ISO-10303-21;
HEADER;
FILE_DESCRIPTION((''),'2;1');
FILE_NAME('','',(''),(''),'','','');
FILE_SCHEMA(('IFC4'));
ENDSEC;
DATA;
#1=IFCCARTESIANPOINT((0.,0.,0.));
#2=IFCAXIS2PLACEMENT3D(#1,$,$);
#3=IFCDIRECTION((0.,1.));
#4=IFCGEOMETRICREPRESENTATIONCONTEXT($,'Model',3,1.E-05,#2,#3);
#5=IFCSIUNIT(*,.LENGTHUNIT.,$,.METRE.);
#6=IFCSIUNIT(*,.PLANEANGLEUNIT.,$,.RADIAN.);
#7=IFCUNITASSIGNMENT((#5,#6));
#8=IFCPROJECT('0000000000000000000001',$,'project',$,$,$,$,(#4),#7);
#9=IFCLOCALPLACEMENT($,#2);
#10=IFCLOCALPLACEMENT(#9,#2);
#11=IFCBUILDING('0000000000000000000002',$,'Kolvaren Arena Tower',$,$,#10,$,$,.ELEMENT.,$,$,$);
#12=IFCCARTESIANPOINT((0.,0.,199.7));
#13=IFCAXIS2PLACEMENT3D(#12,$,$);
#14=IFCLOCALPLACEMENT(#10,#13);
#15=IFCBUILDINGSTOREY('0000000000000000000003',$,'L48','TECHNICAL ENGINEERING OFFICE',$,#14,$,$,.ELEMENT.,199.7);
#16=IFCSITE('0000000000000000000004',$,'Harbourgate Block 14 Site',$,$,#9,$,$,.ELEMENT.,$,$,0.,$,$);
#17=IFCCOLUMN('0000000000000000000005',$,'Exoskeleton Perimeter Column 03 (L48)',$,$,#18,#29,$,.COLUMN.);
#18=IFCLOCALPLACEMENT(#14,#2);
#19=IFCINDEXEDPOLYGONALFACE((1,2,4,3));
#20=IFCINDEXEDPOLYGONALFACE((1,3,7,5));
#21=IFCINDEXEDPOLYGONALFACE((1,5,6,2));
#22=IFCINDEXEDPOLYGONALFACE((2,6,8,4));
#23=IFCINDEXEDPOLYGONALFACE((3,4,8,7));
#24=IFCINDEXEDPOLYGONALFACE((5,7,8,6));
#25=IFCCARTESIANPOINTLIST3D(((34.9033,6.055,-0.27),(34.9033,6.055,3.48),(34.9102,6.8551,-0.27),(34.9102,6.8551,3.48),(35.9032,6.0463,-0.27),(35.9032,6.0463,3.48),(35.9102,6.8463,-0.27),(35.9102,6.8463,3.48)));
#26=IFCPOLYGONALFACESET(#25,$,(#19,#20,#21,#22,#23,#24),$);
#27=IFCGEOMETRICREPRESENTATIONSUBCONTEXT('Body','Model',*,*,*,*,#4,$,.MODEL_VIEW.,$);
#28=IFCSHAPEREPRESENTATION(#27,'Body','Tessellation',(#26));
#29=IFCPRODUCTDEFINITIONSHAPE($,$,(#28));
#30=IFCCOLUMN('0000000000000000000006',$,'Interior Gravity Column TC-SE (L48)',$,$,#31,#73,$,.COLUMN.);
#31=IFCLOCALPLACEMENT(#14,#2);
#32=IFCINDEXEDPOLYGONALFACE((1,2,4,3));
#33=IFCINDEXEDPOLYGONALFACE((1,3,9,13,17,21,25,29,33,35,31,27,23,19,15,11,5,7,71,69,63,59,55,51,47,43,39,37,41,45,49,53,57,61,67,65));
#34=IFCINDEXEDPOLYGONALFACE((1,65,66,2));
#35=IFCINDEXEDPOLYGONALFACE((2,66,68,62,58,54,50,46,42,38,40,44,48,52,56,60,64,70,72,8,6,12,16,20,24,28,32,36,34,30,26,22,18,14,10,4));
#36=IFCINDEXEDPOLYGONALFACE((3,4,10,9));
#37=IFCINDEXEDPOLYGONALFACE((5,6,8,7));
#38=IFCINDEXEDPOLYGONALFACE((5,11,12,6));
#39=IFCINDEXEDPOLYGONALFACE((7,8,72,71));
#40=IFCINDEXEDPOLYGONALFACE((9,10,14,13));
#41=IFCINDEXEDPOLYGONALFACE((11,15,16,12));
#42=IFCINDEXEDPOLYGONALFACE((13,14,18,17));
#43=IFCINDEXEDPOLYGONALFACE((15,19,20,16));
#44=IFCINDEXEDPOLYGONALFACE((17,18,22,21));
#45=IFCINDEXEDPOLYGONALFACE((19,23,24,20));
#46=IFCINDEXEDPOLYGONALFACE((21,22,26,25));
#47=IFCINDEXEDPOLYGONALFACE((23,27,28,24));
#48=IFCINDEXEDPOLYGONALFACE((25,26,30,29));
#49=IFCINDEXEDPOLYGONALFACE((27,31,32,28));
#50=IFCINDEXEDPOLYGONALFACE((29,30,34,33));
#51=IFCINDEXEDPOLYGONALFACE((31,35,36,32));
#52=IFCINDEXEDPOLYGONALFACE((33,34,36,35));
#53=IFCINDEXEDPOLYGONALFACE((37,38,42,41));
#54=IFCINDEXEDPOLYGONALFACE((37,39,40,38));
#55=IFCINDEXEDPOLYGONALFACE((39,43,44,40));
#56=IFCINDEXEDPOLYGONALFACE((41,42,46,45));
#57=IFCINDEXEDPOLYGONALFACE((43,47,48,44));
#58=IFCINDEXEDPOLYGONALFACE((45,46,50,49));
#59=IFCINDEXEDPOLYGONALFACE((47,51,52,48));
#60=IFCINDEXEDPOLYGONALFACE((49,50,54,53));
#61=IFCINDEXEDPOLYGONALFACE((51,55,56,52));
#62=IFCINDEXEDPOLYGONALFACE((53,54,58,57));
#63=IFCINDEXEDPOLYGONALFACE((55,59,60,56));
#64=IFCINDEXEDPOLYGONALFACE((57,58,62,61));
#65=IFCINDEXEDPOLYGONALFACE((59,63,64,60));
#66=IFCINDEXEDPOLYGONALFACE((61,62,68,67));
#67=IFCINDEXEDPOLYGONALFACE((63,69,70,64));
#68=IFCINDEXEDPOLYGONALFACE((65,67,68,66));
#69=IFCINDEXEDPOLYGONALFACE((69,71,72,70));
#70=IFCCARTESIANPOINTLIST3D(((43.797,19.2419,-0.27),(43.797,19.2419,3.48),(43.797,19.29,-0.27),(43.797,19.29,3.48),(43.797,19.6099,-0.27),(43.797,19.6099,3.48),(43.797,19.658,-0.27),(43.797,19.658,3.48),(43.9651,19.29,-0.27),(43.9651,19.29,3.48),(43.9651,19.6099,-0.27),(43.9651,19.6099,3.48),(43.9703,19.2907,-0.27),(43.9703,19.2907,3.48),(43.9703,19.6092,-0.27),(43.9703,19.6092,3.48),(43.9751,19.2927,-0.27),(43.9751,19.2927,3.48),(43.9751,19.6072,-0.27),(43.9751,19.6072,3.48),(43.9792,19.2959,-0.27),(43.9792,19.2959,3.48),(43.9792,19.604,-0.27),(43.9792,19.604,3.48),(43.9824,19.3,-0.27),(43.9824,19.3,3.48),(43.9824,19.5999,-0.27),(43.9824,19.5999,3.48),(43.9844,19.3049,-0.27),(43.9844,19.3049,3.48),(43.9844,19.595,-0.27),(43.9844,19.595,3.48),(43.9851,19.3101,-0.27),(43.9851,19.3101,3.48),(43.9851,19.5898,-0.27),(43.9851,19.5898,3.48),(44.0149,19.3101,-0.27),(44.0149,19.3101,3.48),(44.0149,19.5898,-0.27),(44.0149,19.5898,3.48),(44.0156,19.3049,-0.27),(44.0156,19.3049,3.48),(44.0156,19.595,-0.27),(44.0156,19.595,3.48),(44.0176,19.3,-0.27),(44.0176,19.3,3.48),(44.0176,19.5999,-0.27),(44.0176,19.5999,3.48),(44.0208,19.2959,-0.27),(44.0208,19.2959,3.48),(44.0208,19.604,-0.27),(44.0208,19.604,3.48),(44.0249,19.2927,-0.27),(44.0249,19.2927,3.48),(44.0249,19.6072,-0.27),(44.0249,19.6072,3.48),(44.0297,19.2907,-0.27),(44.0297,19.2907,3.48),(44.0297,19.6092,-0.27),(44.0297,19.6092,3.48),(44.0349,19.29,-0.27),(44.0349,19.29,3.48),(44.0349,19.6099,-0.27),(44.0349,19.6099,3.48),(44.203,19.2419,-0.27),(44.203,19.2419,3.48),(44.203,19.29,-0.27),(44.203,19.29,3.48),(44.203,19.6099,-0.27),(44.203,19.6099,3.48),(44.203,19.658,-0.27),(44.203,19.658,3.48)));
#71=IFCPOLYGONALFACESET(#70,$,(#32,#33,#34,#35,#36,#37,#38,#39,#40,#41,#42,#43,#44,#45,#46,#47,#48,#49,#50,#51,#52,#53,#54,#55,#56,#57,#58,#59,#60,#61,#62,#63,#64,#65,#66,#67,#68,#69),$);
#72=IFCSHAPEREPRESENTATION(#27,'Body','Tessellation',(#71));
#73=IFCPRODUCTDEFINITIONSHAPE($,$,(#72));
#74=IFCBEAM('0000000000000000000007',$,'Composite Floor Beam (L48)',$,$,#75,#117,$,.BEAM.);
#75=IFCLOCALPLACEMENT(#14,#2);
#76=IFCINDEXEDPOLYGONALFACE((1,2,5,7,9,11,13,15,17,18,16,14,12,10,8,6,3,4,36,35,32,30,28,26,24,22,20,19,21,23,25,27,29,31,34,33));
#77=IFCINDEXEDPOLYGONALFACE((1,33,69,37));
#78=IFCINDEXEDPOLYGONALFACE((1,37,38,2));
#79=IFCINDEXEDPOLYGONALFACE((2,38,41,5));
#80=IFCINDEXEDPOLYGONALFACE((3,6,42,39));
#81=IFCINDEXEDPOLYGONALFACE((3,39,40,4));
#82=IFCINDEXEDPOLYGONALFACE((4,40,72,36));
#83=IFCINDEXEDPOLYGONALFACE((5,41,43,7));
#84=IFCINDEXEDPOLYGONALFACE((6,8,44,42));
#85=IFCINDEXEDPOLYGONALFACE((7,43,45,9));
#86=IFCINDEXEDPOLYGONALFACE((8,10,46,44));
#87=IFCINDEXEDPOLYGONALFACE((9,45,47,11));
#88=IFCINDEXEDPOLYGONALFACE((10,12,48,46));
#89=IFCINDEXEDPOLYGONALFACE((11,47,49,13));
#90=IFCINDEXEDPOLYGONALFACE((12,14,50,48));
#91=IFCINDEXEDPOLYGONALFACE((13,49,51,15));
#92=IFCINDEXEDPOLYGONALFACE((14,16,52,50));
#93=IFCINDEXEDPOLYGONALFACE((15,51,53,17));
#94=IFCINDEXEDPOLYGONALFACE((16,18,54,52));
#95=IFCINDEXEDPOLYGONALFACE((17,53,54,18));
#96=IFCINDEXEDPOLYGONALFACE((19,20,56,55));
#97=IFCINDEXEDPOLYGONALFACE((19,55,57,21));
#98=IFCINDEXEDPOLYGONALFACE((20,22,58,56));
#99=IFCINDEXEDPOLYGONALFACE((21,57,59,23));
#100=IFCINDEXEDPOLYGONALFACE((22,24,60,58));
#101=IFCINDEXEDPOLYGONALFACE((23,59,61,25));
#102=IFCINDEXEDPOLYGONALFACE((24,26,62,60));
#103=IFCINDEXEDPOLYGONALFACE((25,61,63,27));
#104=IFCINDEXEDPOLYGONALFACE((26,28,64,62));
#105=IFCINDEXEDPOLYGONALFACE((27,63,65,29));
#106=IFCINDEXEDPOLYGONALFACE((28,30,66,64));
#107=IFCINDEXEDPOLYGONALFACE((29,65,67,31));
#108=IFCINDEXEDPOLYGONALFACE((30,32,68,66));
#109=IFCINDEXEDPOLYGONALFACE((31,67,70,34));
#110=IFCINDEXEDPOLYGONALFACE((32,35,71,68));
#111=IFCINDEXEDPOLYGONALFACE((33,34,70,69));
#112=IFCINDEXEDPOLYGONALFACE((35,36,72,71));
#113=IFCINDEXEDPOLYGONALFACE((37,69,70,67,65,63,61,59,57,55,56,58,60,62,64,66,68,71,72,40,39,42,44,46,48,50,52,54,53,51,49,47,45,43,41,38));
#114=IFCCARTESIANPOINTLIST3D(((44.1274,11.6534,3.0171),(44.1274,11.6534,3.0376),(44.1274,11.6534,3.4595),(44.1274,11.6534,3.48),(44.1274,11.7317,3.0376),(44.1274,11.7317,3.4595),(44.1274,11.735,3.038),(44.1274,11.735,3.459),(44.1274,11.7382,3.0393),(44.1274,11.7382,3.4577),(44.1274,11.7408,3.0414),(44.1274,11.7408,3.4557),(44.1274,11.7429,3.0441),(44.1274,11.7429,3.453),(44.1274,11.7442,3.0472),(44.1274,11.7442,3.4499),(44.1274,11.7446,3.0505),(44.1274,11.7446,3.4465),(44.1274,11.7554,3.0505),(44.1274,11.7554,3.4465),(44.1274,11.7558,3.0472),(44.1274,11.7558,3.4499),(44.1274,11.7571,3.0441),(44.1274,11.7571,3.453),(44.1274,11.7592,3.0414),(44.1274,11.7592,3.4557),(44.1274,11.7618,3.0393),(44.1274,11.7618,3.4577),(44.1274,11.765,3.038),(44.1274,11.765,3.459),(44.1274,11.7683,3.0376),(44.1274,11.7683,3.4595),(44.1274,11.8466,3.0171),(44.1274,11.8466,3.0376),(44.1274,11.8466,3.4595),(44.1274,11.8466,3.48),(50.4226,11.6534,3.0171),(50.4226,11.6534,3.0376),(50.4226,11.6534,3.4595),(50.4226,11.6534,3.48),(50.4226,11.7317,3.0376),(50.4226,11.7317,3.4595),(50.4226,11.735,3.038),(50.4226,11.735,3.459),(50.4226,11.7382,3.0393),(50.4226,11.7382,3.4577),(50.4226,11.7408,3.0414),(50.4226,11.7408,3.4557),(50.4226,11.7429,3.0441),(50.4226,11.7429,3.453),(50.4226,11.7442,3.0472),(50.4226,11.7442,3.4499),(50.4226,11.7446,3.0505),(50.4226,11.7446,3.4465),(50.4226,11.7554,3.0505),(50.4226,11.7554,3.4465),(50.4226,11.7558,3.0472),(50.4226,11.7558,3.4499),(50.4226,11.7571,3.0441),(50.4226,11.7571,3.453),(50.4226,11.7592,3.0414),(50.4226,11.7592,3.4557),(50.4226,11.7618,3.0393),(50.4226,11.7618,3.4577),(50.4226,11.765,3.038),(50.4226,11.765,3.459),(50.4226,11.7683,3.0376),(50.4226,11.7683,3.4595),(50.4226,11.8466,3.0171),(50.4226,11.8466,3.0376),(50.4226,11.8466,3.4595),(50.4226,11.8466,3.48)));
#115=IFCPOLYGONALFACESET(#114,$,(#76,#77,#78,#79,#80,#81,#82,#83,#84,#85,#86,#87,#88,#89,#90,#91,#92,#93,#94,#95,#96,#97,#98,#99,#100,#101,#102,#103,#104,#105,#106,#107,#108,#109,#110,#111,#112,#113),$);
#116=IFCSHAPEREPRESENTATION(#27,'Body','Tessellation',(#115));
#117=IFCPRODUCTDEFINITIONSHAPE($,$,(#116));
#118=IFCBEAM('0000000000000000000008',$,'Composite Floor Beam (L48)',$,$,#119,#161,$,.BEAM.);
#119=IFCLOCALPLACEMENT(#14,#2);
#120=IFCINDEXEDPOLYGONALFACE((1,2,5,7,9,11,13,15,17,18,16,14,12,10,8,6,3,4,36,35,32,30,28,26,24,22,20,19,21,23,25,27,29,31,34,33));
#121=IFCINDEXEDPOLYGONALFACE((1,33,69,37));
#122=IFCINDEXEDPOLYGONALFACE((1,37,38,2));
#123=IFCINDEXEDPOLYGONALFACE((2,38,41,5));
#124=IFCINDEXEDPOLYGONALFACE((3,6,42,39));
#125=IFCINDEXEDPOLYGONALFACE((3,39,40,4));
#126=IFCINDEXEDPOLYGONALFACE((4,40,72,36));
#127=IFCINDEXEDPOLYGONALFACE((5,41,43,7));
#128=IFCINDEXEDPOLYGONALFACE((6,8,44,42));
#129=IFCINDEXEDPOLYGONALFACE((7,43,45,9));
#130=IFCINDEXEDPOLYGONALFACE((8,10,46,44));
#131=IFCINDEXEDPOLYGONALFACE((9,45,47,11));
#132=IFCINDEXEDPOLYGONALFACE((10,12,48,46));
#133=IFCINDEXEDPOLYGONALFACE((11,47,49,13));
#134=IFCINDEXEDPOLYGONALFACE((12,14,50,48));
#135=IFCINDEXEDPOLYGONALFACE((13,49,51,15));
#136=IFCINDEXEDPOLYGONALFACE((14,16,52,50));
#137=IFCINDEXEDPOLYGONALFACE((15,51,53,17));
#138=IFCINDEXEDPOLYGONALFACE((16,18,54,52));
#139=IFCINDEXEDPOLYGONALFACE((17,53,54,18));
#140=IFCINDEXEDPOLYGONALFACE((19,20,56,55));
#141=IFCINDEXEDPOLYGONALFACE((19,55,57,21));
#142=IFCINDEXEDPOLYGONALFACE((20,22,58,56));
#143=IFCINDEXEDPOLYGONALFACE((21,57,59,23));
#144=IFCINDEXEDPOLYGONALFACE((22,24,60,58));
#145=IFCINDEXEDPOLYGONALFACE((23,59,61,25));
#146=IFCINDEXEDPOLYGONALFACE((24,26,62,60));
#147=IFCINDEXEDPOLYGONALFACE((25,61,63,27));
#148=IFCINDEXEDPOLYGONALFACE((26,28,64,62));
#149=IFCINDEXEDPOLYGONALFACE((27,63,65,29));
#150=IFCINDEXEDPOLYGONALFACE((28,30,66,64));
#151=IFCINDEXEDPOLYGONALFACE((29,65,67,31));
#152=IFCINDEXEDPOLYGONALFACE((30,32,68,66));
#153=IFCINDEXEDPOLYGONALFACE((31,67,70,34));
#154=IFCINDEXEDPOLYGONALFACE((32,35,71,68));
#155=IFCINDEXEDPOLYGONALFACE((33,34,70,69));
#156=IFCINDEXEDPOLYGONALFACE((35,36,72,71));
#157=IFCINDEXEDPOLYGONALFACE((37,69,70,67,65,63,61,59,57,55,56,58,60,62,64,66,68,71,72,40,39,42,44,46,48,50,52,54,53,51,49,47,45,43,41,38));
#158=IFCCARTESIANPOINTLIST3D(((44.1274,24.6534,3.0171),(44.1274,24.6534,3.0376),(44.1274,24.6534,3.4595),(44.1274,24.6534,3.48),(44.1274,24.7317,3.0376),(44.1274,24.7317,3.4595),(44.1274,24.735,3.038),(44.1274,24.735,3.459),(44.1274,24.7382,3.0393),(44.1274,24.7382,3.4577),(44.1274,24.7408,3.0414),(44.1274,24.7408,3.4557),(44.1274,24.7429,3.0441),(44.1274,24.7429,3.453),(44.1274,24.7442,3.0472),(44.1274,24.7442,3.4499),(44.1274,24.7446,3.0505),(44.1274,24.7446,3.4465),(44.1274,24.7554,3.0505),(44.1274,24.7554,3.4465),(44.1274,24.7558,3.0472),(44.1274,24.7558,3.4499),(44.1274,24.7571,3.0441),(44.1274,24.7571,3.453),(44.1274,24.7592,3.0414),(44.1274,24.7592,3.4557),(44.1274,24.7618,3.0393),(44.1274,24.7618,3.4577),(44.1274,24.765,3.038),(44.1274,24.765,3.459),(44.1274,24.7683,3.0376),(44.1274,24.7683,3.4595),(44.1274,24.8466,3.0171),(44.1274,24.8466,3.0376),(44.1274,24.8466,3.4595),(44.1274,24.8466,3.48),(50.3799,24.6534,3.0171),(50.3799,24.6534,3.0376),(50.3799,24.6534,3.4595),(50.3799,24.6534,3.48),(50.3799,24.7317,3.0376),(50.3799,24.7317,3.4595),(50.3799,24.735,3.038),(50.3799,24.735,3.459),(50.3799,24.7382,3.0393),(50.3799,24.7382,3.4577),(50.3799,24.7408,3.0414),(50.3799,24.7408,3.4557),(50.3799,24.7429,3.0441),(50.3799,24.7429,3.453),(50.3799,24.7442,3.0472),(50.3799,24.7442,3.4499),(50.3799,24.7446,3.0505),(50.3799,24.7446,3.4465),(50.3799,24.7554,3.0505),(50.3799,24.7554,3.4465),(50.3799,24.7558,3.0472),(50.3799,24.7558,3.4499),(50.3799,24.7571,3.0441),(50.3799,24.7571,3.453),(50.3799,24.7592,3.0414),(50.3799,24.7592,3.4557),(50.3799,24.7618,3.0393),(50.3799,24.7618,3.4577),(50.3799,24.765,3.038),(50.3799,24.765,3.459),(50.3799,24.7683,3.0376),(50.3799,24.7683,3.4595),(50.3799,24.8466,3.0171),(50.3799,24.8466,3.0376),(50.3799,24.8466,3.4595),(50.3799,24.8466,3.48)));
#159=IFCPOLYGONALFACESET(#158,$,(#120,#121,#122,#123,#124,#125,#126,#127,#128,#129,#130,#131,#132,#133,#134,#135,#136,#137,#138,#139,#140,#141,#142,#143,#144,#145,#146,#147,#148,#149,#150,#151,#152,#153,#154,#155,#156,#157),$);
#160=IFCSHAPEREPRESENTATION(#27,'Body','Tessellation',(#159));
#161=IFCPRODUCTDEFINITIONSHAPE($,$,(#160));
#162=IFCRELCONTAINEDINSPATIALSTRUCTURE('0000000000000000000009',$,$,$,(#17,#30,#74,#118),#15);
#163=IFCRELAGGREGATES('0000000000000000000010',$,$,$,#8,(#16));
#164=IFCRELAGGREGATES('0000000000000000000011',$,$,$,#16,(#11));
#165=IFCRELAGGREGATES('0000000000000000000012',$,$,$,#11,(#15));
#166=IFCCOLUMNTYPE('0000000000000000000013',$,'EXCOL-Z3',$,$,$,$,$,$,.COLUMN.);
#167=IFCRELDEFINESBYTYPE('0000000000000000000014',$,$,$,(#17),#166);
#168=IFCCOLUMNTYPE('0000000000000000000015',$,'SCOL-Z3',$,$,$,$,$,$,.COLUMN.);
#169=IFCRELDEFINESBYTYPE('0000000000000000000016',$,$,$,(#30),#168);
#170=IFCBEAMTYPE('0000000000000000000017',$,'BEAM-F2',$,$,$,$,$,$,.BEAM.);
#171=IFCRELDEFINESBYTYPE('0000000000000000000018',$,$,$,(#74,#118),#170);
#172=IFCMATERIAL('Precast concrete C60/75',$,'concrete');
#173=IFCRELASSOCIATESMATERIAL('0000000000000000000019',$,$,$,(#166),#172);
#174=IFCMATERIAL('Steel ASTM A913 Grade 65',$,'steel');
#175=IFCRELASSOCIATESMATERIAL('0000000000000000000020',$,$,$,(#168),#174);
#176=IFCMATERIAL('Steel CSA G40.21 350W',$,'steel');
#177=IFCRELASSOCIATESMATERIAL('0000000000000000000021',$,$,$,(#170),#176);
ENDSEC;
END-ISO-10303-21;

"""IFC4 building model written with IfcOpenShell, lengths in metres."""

from ifc_helpers import new_model, si_unit, direction, frame, origin, origin_2d, place, context, subcontext, project, spatial, rectangle, i_section, extrude, material, material_profile, profile_set, type_object, element, save


model = new_model("IFC4")

# Units and contexts
model_context = context("Model", 3, precision=1e-05, world=origin(), true_north=direction((0.0, 1.0)))
body_context = subcontext(model_context, "Body", "Model", "MODEL_VIEW")
ifc_project = project(units=[si_unit("LENGTHUNIT", "METRE"), si_unit("PLANEANGLEUNIT", "RADIAN")], contexts=[model_context])

# Site, building, storey
site_placement = place(None, origin())
site = spatial("IfcSite", under=ifc_project, at=site_placement, Name="Harbourgate Block 14 Site", CompositionType="ELEMENT", RefElevation=0.0)
building_placement = place(site_placement, origin())
building = spatial("IfcBuilding", under=site, at=building_placement, Name="Kolvaren Arena Tower", CompositionType="ELEMENT")
storey_placement = place(building_placement, frame((0.0, 0.0, 199.7)))
storey = spatial("IfcBuildingStorey", under=building, at=storey_placement, Name="L48", Description="TECHNICAL ENGINEERING OFFICE", CompositionType="ELEMENT", Elevation=199.7)

# Columns
ifc_material_1 = material(Name="Precast concrete C60/75", Category="concrete")
ifc_material_profile_1 = material_profile(ifc_material_1, rectangle(XDim=1.0, YDim=0.8, at=origin_2d()), Name="RC-1000x800")
ifc_profile_set_1 = profile_set([ifc_material_profile_1], Name="Precast concrete C60/75")
column_type_1 = type_object("IfcColumnType", Name="EXCOL-Z3", PredefinedType="COLUMN", material=ifc_profile_set_1)
column_1_placement = place(storey_placement, frame((35.4067, 6.4507, -0.27), z_axis=(0.0, 0.0, 1.0), x_axis=(0.999962, -0.008727, 0.0)))
element("IfcColumn", 1, at=column_1_placement, inside=storey, type_object=column_type_1, Name="Exoskeleton Perimeter Column 03 (L48)", PredefinedType="COLUMN", context=body_context, shape_type="SweptSolid", body=[
    extrude(rectangle(XDim=1.0, YDim=0.8, at=origin_2d()), origin(), (0.0, 0.0, 1.0), 3.75),
])
ifc_material_2 = material(Name="Steel ASTM A913 Grade 65", Category="steel")
ifc_material_profile_2 = material_profile(ifc_material_2, i_section(OverallWidth=0.406, OverallDepth=0.416, WebThickness=0.0298, FlangeThickness=0.0481, FilletRadius=0.02, at=origin_2d()), Name="W360x382")
ifc_profile_set_2 = profile_set([ifc_material_profile_2], Name="Steel ASTM A913 Grade 65")
column_type_2 = type_object("IfcColumnType", Name="SCOL-Z3", PredefinedType="COLUMN", material=ifc_profile_set_2)
column_2_placement = place(storey_placement, frame((44.0, 19.45, -0.27), z_axis=(0.0, 0.0, 1.0), x_axis=(1.0, 0.0, 0.0)))
element("IfcColumn", 2, at=column_2_placement, inside=storey, type_object=column_type_2, Name="Interior Gravity Column TC-SE (L48)", PredefinedType="COLUMN", context=body_context, shape_type="SweptSolid", body=[
    extrude(i_section(OverallWidth=0.406, OverallDepth=0.416, WebThickness=0.0298, FlangeThickness=0.0481, FilletRadius=0.02, at=origin_2d()), origin(), (0.0, 0.0, 1.0), 3.75),
])

# Beams
ifc_material_3 = material(Name="Steel CSA G40.21 350W", Category="steel")
ifc_material_profile_3 = material_profile(ifc_material_3, i_section(OverallWidth=0.1931, OverallDepth=0.4629, WebThickness=0.0107, FlangeThickness=0.0205, FilletRadius=0.0129, at=origin_2d()), Name="W460x113")
ifc_profile_set_3 = profile_set([ifc_material_profile_3], Name="Steel CSA G40.21 350W")
beam_type_1 = type_object("IfcBeamType", Name="BEAM-F2", PredefinedType="BEAM", material=ifc_profile_set_3)
beam_1_placement = place(storey_placement, frame((44.1274, 11.75, 3.2485), z_axis=(1.0, 0.0, 0.0), x_axis=(0.0, 1.0, 0.0)))
element("IfcBeam", 3, at=beam_1_placement, inside=storey, type_object=beam_type_1, Name="Composite Floor Beam (L48)", PredefinedType="BEAM", context=body_context, shape_type="SweptSolid", body=[
    extrude(i_section(OverallWidth=0.1931, OverallDepth=0.4629, WebThickness=0.0107, FlangeThickness=0.0205, FilletRadius=0.0129, at=origin_2d()), origin(), (0.0, 0.0, 1.0), 6.2952),
])
beam_2_placement = place(storey_placement, frame((44.1274, 24.75, 3.2485), z_axis=(1.0, 0.0, 0.0), x_axis=(0.0, 1.0, 0.0)))
element("IfcBeam", 4, at=beam_2_placement, inside=storey, type_object=beam_type_1, Name="Composite Floor Beam (L48)", PredefinedType="BEAM", context=body_context, shape_type="SweptSolid", body=[
    extrude(i_section(OverallWidth=0.1931, OverallDepth=0.4629, WebThickness=0.0107, FlangeThickness=0.0205, FilletRadius=0.0129, at=origin_2d()), origin(), (0.0, 0.0, 1.0), 6.2524),
])

save(model, "model.ifc")
